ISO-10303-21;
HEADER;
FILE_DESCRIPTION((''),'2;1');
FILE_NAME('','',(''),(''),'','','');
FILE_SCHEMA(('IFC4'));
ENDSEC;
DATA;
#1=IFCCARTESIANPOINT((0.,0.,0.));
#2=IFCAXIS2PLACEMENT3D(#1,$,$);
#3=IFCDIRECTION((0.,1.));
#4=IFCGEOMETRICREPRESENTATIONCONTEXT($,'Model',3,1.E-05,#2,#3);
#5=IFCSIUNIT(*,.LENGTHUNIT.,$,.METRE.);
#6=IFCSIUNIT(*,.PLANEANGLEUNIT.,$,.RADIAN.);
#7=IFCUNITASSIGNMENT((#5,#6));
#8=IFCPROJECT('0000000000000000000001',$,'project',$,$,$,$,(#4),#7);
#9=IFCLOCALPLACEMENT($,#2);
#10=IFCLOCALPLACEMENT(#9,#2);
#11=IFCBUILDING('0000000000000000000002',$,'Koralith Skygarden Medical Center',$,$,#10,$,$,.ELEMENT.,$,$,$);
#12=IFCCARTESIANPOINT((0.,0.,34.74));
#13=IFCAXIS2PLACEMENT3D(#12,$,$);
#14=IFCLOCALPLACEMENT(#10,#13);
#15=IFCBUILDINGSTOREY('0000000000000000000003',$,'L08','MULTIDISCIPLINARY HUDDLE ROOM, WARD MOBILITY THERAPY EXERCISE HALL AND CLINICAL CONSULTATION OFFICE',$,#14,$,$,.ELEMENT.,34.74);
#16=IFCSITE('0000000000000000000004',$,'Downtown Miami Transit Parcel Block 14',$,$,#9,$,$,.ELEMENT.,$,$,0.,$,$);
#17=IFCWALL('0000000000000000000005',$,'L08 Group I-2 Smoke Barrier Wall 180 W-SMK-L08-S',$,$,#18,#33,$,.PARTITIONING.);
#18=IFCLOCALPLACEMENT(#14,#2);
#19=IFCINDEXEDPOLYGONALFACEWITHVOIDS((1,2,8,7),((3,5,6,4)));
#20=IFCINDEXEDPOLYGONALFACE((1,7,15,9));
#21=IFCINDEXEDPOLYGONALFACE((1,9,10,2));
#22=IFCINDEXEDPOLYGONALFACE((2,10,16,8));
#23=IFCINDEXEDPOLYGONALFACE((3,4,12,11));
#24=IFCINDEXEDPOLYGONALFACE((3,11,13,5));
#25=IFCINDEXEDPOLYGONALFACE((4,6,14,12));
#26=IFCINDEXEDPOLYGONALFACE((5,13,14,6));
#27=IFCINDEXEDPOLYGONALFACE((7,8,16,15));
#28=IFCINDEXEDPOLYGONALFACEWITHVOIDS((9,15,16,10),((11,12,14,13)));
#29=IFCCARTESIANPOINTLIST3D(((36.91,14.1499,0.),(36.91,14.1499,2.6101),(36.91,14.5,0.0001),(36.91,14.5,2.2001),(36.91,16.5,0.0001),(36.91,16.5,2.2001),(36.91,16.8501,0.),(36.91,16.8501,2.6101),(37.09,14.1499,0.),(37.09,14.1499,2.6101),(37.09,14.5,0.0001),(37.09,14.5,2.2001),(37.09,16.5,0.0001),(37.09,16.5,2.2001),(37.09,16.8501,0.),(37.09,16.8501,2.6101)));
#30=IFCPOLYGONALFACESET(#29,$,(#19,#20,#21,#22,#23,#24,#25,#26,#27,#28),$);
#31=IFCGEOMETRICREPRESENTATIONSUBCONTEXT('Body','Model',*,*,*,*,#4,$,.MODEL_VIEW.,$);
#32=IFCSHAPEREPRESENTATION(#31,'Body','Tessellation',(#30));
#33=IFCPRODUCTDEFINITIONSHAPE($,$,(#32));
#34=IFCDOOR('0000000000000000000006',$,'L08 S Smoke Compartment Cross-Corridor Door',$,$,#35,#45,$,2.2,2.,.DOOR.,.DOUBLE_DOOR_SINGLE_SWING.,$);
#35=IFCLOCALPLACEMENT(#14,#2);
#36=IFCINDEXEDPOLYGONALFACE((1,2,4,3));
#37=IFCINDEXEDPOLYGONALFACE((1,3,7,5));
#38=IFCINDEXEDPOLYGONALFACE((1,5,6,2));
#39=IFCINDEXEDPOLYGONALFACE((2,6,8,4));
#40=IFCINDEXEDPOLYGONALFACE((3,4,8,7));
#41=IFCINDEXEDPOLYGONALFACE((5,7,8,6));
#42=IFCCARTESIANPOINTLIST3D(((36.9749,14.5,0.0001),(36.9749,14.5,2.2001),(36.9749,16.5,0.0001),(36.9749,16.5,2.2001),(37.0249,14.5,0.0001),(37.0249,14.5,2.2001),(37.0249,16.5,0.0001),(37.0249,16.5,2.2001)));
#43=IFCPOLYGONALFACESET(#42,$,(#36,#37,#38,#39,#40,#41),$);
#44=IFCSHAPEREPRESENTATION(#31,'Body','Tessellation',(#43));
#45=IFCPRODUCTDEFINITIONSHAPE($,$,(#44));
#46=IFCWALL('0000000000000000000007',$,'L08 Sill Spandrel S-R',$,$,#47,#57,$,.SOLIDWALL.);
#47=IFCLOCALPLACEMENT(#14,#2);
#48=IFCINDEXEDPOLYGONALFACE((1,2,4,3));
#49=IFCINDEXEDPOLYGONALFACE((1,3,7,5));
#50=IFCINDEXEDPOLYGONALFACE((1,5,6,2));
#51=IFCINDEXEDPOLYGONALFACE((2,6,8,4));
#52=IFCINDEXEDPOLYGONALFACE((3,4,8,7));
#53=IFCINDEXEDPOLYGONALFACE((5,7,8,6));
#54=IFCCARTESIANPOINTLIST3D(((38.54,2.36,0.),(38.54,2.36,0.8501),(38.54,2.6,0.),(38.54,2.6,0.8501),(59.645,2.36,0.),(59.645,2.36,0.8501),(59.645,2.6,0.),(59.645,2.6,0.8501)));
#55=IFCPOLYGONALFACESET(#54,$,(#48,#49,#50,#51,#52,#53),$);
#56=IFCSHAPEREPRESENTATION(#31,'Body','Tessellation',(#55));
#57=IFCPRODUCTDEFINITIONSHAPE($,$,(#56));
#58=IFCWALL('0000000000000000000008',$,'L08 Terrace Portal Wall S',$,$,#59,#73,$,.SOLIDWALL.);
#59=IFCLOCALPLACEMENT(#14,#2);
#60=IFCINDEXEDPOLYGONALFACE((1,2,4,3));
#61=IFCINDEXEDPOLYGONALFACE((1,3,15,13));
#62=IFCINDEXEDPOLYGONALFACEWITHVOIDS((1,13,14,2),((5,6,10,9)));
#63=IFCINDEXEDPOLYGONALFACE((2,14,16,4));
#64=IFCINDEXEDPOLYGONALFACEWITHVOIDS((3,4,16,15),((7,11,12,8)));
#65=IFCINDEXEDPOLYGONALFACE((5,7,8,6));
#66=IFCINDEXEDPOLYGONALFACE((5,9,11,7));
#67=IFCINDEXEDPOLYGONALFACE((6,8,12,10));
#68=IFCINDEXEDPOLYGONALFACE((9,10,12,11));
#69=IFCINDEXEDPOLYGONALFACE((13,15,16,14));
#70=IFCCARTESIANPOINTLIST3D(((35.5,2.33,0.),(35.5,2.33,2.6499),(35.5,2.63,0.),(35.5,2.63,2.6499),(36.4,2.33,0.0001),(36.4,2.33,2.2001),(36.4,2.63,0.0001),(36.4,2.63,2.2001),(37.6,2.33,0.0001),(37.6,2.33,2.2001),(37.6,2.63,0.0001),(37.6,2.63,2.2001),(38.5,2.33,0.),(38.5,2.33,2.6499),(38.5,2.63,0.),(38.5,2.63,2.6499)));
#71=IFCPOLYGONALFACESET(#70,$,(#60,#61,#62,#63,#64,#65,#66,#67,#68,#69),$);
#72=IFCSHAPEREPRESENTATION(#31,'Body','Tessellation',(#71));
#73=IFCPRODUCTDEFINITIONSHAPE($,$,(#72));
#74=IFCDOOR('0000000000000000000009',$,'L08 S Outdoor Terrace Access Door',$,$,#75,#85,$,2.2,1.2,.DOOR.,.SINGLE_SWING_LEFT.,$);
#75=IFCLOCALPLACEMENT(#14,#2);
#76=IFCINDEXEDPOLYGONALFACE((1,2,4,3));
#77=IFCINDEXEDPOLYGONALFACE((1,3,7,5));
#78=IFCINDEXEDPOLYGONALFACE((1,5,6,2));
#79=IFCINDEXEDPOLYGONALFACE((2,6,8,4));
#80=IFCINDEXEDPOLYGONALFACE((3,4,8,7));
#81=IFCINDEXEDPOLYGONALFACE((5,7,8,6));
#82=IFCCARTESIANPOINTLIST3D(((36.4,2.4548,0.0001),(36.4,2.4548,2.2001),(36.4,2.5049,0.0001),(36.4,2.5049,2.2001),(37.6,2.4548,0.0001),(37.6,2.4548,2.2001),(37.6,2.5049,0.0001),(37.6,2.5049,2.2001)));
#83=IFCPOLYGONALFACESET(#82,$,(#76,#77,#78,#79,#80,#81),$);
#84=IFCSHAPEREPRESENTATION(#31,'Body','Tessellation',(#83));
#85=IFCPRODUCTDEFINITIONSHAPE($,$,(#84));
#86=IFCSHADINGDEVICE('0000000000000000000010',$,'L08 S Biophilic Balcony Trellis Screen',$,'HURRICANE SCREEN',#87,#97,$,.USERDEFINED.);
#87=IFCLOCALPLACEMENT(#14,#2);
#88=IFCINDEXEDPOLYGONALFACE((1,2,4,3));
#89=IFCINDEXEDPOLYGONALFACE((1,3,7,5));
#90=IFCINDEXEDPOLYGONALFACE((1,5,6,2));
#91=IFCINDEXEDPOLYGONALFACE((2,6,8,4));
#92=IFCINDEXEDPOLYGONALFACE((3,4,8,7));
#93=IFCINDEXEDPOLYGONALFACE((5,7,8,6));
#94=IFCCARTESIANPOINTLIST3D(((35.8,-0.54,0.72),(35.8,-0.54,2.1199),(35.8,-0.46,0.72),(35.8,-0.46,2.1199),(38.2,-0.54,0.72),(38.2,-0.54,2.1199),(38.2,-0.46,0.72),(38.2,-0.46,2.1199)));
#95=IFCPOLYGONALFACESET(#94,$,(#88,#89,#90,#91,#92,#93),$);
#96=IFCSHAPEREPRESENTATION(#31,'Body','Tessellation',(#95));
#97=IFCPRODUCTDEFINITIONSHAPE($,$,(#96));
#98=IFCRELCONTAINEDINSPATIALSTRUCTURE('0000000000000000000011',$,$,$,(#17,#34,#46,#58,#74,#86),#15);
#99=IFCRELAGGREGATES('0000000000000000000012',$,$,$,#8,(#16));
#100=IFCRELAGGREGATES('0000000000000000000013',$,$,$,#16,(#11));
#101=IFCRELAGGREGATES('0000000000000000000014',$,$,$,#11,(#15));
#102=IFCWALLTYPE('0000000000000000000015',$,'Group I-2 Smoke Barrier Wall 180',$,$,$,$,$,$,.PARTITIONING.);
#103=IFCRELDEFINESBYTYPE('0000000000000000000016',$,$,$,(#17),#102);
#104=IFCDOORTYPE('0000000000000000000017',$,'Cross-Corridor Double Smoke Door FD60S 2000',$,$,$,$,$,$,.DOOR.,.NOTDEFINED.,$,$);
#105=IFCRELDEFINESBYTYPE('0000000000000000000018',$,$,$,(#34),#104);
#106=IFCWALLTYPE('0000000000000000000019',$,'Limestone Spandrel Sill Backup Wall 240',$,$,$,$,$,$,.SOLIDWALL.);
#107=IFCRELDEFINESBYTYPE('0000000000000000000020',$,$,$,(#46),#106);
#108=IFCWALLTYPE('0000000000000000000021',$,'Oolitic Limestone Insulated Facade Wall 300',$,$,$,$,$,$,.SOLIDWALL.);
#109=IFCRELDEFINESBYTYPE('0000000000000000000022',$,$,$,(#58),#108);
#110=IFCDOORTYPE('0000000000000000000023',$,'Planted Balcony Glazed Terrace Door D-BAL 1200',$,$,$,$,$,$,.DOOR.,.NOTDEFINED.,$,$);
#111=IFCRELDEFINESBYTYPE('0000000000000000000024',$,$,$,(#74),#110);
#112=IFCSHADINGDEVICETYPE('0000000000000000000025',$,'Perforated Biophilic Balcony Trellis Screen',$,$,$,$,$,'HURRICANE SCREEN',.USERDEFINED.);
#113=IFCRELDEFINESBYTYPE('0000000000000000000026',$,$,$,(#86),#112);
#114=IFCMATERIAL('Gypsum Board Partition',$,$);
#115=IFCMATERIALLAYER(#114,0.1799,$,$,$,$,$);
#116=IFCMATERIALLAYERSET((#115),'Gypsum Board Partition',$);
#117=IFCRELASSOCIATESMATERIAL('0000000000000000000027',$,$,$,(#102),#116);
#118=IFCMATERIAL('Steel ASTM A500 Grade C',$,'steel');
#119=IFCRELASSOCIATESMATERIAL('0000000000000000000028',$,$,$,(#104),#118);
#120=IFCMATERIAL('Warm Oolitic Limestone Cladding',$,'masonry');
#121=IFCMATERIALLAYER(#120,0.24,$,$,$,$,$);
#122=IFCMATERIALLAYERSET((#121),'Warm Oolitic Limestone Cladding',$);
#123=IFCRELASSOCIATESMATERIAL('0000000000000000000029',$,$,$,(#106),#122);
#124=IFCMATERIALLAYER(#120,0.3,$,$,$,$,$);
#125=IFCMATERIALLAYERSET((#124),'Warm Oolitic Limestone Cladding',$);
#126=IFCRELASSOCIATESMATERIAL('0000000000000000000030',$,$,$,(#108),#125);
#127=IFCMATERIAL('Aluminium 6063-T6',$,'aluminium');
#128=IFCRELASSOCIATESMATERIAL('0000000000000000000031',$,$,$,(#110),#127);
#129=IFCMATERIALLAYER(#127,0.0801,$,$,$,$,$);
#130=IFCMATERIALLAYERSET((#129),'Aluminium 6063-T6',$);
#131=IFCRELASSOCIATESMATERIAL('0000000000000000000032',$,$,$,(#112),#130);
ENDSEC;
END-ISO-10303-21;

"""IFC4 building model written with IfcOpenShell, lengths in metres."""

from ifc_helpers import new_model, si_unit, direction, frame, frame_2d, origin, origin_2d, place, context, subcontext, project, spatial, rectangle, extrude, material, layer, layer_set, type_object, element, fill, save


model = new_model("IFC4")

# Units and contexts
model_context = context("Model", 3, precision=1e-05, world=origin(), true_north=direction((0.0, 1.0)))
body_context = subcontext(model_context, "Body", "Model", "MODEL_VIEW")
ifc_project = project(units=[si_unit("LENGTHUNIT", "METRE"), si_unit("PLANEANGLEUNIT", "RADIAN")], contexts=[model_context])

# Site, building, storey
site_placement = place(None, origin())
site = spatial("IfcSite", under=ifc_project, at=site_placement, Name="Downtown Miami Transit Parcel Block 14", CompositionType="ELEMENT", RefElevation=0.0)
building_placement = place(site_placement, origin())
building = spatial("IfcBuilding", under=site, at=building_placement, Name="Koralith Skygarden Medical Center", CompositionType="ELEMENT")
storey_placement = place(building_placement, frame((0.0, 0.0, 34.74)))
storey = spatial("IfcBuildingStorey", under=building, at=storey_placement, Name="L08", Description="MULTIDISCIPLINARY HUDDLE ROOM, WARD MOBILITY THERAPY EXERCISE HALL AND CLINICAL CONSULTATION OFFICE", CompositionType="ELEMENT", Elevation=34.74)

# Shared definitions
ifc_material_1 = material(Name="Aluminium 6063-T6", Category="aluminium")

# Shared definitions
ifc_material_2 = material(Name="Gypsum Board Partition")

# Wall, opening, door
ifc_layer_1 = layer(ifc_material_2, 0.1799)
ifc_layer_set_1 = layer_set([ifc_layer_1], Name="Gypsum Board Partition")
wall_type_1 = type_object("IfcWallType", Name="Group I-2 Smoke Barrier Wall 180", PredefinedType="PARTITIONING", material=ifc_layer_set_1)
wall_1_placement = place(storey_placement, frame((37.0, 14.1499, 0.0), z_axis=(0.0, 0.0, 1.0), x_axis=(0.0, 1.0, 0.0)))
wall_1 = element("IfcWall", 1, at=wall_1_placement, inside=storey, type_object=wall_type_1, Name="L08 Group I-2 Smoke Barrier Wall 180 W-SMK-L08-S", PredefinedType="PARTITIONING", context=body_context, shape_type="SweptSolid", body=[
    extrude(rectangle(XDim=2.7002, YDim=0.1799, at=frame_2d((1.3501, 0.0))), origin(), (0.0, 0.0, 1.0), 2.6101),
])
opening_1_placement = place(wall_1_placement, frame((0.3501, 0.0, 0.0)))
opening_1 = element("IfcOpeningElement", 2, at=opening_1_placement, cuts=wall_1, PredefinedType="OPENING", context=body_context, shape_type="SweptSolid", body=[
    extrude(rectangle(XDim=2.0, YDim=2.2, at=frame_2d((1.0, 1.1001))), frame((0.0, 0.0999, 0.0), z_axis=(0.0, -1.0, 0.0), x_axis=(1.0, 0.0, 0.0)), (0.0, 0.0, 1.0), 0.2),
])
ifc_material_3 = material(Name="Steel ASTM A500 Grade C", Category="steel")
door_type_1 = type_object("IfcDoorType", Name="Cross-Corridor Double Smoke Door FD60S 2000", OperationType="NOTDEFINED", PredefinedType="DOOR", material=ifc_material_3)
door_1_placement = place(opening_1_placement, frame((2.0, 0.0, 0.0), z_axis=(0.0, 0.0, 1.0), x_axis=(-1.0, 0.0, 0.0)))
door_1 = element("IfcDoor", 3, at=door_1_placement, inside=storey, type_object=door_type_1, Name="L08 S Smoke Compartment Cross-Corridor Door", OperationType="DOUBLE_DOOR_SINGLE_SWING", OverallHeight=2.2, OverallWidth=2.0, PredefinedType="DOOR", context=body_context, shape_type="SweptSolid", body=[
    extrude(rectangle(XDim=2.0, YDim=2.2, at=frame_2d((1.0, 1.1001))), frame((0.0, 0.0249, 0.0), z_axis=(0.0, -1.0, 0.0), x_axis=(1.0, 0.0, 0.0)), (0.0, 0.0, 1.0), 0.05),
])
fill(opening_1, door_1)

# Wall
ifc_material_4 = material(Name="Warm Oolitic Limestone Cladding", Category="masonry")
ifc_layer_2 = layer(ifc_material_4, 0.24)
ifc_layer_set_2 = layer_set([ifc_layer_2], Name="Warm Oolitic Limestone Cladding")
wall_type_2 = type_object("IfcWallType", Name="Limestone Spandrel Sill Backup Wall 240", PredefinedType="SOLIDWALL", material=ifc_layer_set_2)
wall_2_placement = place(storey_placement, frame((38.54, 2.48, 0.0), z_axis=(0.0, 0.0, 1.0), x_axis=(1.0, 0.0, 0.0)))
element("IfcWall", 4, at=wall_2_placement, inside=storey, type_object=wall_type_2, Name="L08 Sill Spandrel S-R", PredefinedType="SOLIDWALL", context=body_context, shape_type="SweptSolid", body=[
    extrude(rectangle(XDim=21.105, YDim=0.24, at=frame_2d((10.5525, 0.0))), origin(), (0.0, 0.0, 1.0), 0.8501),
])

# Wall, opening, door
ifc_layer_3 = layer(ifc_material_4, 0.3)
ifc_layer_set_3 = layer_set([ifc_layer_3], Name="Warm Oolitic Limestone Cladding")
wall_type_3 = type_object("IfcWallType", Name="Oolitic Limestone Insulated Facade Wall 300", PredefinedType="SOLIDWALL", material=ifc_layer_set_3)
wall_3_placement = place(storey_placement, frame((35.5, 2.48, 0.0), z_axis=(0.0, 0.0, 1.0), x_axis=(1.0, 0.0, 0.0)))
wall_3 = element("IfcWall", 5, at=wall_3_placement, inside=storey, type_object=wall_type_3, Name="L08 Terrace Portal Wall S", PredefinedType="SOLIDWALL", context=body_context, shape_type="SweptSolid", body=[
    extrude(rectangle(XDim=3.0, YDim=0.3, at=frame_2d((1.5, 0.0))), origin(), (0.0, 0.0, 1.0), 2.6499),
])
opening_2_placement = place(wall_3_placement, frame((0.8999, 0.0, 0.0)))
opening_2 = element("IfcOpeningElement", 6, at=opening_2_placement, cuts=wall_3, PredefinedType="OPENING", context=body_context, shape_type="SweptSolid", body=[
    extrude(rectangle(XDim=1.2, YDim=2.2, at=frame_2d((0.6001, 1.1001))), frame((0.0, 0.1599, 0.0), z_axis=(0.0, -1.0, 0.0), x_axis=(1.0, 0.0, 0.0)), (0.0, 0.0, 1.0), 0.3201),
])
door_type_2 = type_object("IfcDoorType", Name="Planted Balcony Glazed Terrace Door D-BAL 1200", OperationType="NOTDEFINED", PredefinedType="DOOR", material=ifc_material_1)
door_2_placement = place(opening_2_placement, origin())
door_2 = element("IfcDoor", 7, at=door_2_placement, inside=storey, type_object=door_type_2, Name="L08 S Outdoor Terrace Access Door", OperationType="SINGLE_SWING_LEFT", OverallHeight=2.2, OverallWidth=1.2, PredefinedType="DOOR", context=body_context, shape_type="SweptSolid", body=[
    extrude(rectangle(XDim=1.2, YDim=2.2, at=frame_2d((0.6001, 1.1001))), frame((0.0, 0.0249, 0.0), z_axis=(0.0, -1.0, 0.0), x_axis=(1.0, 0.0, 0.0)), (0.0, 0.0, 1.0), 0.05),
])
fill(opening_2, door_2)

# Shading device
ifc_layer_4 = layer(ifc_material_1, 0.0801)
ifc_layer_set_4 = layer_set([ifc_layer_4], Name="Aluminium 6063-T6")
shading_device_type = type_object("IfcShadingDeviceType", Name="Perforated Biophilic Balcony Trellis Screen", ElementType="HURRICANE SCREEN", PredefinedType="USERDEFINED", material=ifc_layer_set_4)
shading_device_placement = place(storey_placement, frame((37.0, -0.5, 0.72), z_axis=(0.0, 0.0, 1.0), x_axis=(1.0, 0.0, 0.0)))
element("IfcShadingDevice", 8, at=shading_device_placement, inside=storey, type_object=shading_device_type, Name="L08 S Biophilic Balcony Trellis Screen", ObjectType="HURRICANE SCREEN", PredefinedType="USERDEFINED", context=body_context, shape_type="SweptSolid", body=[
    extrude(rectangle(XDim=2.3999, YDim=0.0801, at=origin_2d()), origin(), (0.0, 0.0, 1.0), 1.3999),
])

save(model, "model.ifc")
